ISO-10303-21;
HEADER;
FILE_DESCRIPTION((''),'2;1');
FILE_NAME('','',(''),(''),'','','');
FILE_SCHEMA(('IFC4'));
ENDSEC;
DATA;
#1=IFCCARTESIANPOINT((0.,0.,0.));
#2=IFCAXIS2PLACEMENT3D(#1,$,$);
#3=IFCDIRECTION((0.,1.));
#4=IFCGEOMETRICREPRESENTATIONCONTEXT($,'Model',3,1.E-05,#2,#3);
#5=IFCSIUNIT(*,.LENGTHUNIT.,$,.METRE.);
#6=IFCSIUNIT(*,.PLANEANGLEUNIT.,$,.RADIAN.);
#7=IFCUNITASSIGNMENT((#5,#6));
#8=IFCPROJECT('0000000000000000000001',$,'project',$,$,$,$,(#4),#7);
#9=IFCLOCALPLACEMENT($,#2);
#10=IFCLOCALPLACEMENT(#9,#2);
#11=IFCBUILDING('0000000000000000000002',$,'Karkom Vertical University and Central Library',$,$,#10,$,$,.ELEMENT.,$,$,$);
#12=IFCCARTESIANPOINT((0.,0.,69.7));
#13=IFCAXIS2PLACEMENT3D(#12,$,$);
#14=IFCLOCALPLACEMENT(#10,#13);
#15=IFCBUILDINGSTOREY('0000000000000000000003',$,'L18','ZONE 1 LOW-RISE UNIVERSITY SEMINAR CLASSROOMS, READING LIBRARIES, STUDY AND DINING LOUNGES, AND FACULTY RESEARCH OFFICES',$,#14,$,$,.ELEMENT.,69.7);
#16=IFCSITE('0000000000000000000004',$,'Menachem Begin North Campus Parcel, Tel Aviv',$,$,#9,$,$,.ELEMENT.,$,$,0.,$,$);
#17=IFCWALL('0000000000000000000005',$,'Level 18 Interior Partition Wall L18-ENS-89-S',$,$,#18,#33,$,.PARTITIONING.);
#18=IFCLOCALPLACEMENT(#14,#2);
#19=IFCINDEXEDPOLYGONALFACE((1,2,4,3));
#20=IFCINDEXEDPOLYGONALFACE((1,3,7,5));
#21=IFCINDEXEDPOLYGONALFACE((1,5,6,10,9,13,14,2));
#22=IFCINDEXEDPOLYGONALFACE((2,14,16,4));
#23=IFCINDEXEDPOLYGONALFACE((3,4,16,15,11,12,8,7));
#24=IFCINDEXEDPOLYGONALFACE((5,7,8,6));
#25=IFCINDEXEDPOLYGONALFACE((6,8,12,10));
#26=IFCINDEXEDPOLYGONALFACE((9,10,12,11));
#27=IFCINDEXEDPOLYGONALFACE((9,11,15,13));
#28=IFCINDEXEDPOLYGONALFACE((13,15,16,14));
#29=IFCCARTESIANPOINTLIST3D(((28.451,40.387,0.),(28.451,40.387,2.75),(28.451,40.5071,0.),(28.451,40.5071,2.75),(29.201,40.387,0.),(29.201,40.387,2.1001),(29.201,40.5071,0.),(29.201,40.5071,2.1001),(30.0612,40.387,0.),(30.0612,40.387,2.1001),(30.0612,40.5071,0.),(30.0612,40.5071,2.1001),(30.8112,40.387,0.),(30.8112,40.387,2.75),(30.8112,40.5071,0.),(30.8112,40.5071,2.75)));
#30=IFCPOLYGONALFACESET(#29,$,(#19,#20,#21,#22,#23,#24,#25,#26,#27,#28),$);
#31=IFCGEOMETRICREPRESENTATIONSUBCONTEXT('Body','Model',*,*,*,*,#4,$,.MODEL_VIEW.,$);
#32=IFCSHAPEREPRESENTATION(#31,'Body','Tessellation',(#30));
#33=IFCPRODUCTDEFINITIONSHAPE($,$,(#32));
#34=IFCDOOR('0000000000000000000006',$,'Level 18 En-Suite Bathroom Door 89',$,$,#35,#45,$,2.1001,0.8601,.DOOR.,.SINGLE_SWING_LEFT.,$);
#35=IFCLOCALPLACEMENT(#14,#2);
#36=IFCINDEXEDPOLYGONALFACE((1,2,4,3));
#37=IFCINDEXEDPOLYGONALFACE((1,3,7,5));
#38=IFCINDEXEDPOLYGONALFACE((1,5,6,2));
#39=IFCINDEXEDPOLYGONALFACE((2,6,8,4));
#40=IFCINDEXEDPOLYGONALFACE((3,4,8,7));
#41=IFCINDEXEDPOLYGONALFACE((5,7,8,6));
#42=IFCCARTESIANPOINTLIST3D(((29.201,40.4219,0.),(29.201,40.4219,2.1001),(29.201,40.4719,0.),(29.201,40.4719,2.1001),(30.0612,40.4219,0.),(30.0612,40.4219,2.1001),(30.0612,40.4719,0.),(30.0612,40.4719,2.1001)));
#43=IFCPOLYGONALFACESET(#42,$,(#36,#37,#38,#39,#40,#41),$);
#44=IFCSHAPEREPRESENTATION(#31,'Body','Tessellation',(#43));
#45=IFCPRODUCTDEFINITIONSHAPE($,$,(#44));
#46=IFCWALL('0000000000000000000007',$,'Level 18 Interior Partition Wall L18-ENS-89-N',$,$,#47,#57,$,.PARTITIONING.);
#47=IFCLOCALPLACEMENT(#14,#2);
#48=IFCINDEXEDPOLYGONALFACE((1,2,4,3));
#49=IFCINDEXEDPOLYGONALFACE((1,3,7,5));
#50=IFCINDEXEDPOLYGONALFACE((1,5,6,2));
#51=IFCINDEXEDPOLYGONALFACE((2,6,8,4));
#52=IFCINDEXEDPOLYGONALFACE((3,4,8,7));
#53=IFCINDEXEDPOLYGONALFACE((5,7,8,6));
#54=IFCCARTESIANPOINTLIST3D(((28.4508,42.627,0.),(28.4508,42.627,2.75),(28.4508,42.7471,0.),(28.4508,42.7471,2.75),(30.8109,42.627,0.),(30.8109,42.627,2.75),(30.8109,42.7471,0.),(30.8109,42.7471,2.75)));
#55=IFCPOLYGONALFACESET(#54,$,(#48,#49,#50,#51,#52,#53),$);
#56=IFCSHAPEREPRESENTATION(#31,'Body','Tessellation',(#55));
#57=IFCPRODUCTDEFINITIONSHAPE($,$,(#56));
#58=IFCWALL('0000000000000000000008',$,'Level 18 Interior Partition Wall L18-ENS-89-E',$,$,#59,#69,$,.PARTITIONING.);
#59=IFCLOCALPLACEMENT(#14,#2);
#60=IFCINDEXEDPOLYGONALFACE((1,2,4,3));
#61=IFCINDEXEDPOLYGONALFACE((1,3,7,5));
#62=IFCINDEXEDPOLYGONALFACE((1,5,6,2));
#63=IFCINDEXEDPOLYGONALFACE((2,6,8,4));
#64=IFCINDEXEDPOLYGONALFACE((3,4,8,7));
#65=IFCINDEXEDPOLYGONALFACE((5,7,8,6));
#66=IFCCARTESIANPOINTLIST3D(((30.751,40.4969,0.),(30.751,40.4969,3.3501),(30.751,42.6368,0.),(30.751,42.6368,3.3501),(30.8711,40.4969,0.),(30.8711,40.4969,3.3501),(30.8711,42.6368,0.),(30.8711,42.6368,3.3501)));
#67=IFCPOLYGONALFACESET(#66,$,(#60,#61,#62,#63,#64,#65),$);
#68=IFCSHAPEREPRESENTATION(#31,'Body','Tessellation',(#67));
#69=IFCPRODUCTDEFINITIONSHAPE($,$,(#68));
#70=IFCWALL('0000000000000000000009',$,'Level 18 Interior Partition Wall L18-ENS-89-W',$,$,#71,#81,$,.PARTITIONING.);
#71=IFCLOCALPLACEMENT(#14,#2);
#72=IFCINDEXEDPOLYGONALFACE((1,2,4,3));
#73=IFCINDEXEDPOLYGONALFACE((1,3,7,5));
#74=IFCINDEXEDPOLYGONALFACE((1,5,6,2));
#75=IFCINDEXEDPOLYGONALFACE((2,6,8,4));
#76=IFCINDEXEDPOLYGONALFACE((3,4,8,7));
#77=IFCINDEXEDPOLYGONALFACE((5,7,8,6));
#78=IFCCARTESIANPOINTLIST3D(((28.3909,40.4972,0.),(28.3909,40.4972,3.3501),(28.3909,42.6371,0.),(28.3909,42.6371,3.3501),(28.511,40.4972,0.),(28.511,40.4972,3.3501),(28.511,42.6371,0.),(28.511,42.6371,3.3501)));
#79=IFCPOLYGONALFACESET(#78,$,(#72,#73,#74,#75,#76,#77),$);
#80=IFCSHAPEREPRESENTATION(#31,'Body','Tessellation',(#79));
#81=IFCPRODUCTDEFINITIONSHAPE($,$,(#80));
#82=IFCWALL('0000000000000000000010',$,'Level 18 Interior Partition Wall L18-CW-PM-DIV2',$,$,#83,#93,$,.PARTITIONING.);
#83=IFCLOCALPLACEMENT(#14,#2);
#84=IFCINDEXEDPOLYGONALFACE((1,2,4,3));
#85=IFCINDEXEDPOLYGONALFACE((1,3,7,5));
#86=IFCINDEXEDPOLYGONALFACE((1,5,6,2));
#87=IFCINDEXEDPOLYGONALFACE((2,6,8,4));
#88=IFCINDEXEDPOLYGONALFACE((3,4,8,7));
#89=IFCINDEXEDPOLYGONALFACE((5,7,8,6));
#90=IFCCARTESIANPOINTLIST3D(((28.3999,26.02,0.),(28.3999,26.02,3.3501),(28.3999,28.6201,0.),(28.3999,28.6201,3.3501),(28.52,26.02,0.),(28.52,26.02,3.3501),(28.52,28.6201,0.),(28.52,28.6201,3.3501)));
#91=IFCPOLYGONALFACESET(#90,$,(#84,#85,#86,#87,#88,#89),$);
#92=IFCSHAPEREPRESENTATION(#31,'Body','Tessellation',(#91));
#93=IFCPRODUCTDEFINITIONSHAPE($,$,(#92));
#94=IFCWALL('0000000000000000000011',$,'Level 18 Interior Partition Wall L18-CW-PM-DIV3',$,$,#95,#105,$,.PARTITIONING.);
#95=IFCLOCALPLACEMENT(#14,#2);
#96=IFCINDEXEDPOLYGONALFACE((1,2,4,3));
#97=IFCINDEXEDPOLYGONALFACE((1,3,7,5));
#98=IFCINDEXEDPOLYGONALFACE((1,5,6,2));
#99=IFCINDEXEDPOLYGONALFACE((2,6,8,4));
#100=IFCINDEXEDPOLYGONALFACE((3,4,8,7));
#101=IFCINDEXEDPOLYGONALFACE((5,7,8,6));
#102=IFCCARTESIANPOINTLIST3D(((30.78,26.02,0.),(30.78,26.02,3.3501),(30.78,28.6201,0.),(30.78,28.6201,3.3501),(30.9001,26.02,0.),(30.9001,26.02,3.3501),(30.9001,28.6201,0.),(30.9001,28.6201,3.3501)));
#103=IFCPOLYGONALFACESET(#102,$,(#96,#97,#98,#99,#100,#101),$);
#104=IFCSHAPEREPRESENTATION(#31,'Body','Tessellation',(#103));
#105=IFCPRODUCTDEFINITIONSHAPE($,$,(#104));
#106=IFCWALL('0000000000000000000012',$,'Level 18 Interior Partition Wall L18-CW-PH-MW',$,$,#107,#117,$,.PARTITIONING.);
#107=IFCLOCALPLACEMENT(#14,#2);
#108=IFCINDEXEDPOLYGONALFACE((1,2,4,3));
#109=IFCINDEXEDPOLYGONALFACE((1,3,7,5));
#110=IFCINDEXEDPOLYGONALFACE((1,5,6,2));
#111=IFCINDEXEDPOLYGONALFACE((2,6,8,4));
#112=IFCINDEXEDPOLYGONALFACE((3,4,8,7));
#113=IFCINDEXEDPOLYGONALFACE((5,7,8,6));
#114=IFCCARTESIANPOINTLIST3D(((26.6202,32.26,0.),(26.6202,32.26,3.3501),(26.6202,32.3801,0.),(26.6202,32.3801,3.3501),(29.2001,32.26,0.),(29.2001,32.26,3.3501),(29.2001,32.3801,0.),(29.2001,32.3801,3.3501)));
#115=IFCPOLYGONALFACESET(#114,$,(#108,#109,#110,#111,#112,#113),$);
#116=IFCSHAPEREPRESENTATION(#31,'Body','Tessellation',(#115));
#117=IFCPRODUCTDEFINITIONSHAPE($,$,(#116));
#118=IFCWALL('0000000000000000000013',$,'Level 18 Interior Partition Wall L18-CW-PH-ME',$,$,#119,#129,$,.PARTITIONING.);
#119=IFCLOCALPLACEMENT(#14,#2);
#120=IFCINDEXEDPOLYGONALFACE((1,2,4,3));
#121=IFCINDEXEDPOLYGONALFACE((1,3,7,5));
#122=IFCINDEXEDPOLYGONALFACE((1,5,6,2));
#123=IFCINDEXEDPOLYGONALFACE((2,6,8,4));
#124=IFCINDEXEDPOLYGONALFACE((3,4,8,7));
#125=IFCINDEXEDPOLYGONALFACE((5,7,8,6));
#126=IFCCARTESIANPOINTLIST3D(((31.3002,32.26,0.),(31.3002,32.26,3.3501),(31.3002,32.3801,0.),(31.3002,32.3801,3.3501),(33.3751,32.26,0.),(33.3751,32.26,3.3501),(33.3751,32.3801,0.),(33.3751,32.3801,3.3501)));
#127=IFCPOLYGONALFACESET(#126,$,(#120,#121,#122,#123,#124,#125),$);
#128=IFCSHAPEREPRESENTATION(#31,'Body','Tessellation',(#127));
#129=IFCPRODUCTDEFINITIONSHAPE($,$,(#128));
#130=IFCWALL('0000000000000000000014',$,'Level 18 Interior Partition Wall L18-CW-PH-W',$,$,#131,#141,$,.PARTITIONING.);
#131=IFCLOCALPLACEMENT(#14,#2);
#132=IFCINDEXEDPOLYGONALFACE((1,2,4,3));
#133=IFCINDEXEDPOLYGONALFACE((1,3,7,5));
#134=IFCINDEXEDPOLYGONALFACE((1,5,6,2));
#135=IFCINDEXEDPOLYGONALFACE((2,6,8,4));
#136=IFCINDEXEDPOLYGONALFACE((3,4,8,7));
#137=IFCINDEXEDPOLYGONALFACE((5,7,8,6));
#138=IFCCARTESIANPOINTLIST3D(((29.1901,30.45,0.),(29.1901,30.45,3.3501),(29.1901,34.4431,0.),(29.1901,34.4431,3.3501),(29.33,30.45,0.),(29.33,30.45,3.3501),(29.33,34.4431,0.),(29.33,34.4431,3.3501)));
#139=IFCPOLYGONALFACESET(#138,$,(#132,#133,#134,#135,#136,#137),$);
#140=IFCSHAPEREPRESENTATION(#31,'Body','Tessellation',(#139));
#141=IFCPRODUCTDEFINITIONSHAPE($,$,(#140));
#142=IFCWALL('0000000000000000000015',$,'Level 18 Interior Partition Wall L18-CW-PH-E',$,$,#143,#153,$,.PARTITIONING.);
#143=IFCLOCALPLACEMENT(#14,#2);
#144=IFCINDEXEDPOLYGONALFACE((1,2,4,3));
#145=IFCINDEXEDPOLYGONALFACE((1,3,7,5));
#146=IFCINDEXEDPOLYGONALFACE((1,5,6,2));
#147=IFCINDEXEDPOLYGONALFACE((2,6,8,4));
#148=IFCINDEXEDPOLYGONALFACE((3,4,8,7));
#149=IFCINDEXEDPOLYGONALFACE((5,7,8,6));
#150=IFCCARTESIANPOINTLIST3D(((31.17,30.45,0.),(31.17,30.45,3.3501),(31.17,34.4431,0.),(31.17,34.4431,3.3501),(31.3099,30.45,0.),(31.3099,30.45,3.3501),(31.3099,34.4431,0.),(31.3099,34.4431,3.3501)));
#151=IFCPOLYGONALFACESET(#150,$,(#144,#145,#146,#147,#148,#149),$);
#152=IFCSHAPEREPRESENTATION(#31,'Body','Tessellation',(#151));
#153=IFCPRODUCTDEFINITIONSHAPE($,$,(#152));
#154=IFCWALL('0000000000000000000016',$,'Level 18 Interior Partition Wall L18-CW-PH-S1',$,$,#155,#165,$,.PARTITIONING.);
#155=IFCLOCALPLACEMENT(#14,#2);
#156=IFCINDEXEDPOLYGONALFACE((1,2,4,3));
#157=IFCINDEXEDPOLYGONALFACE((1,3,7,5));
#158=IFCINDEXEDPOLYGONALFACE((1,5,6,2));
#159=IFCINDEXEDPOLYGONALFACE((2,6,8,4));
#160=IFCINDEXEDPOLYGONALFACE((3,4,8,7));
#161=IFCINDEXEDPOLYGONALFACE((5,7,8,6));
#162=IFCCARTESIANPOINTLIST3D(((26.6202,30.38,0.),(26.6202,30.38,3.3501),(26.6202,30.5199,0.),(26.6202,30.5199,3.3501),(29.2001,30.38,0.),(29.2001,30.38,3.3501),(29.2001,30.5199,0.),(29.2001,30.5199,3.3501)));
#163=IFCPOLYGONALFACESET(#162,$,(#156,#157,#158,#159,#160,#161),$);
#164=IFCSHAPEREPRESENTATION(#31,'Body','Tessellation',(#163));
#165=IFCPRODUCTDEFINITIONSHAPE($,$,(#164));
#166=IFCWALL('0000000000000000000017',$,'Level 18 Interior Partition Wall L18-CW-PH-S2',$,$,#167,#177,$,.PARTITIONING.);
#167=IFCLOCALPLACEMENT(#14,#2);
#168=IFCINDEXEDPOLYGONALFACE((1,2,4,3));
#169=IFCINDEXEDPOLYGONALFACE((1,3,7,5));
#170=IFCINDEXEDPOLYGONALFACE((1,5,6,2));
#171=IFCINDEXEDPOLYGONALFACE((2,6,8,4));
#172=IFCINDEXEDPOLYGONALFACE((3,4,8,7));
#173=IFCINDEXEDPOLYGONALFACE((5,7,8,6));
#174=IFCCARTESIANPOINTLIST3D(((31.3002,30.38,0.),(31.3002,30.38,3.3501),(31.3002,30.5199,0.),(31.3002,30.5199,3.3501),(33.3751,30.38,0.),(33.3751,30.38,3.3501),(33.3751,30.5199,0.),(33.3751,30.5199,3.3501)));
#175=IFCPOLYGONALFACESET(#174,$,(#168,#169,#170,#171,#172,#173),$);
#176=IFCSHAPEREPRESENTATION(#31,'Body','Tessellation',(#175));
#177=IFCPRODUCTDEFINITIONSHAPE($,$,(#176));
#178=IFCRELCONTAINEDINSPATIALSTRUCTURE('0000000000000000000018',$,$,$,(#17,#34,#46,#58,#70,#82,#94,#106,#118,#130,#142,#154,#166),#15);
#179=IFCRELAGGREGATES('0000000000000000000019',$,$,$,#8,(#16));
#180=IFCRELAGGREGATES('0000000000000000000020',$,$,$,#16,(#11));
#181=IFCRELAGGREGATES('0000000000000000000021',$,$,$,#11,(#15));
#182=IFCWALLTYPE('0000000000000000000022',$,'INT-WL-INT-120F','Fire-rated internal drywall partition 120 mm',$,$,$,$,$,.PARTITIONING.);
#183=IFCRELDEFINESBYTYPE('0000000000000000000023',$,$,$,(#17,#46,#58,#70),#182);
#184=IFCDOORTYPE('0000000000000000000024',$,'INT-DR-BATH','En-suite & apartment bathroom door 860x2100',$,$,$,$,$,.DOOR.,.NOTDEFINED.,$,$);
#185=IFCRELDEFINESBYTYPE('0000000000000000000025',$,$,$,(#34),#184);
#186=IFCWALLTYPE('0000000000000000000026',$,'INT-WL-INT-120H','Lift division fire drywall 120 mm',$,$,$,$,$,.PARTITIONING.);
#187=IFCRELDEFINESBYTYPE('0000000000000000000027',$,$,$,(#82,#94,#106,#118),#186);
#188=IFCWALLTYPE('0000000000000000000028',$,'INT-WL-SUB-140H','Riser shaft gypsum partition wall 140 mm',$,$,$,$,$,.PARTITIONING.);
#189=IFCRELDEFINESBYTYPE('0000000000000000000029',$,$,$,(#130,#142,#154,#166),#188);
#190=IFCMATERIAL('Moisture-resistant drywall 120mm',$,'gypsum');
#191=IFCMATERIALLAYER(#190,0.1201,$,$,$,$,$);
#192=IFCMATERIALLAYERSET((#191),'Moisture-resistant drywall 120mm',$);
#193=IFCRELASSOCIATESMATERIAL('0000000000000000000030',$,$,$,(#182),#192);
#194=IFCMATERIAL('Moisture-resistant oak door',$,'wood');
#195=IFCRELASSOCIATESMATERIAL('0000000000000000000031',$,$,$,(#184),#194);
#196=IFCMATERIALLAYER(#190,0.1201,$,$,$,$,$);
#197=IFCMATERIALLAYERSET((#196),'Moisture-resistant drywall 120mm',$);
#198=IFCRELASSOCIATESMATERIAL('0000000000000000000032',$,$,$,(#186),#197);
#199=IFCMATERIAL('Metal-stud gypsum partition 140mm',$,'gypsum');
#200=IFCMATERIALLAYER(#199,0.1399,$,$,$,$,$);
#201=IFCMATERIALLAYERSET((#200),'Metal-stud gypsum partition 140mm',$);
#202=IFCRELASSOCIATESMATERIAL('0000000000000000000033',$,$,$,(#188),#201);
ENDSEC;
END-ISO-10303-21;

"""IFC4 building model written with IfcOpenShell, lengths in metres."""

from ifc_helpers import new_model, si_unit, direction, frame, frame_2d, origin, origin_with_axes, place, context, subcontext, project, spatial, rectangle, extrude, source, transform, mapped, material, layer, layer_set, type_object, element, fill, save


model = new_model("IFC4")

# Units and contexts
model_context = context("Model", 3, precision=1e-05, world=origin(), true_north=direction((0.0, 1.0)))
body_context = subcontext(model_context, "Body", "Model", "MODEL_VIEW")
ifc_project = project(units=[si_unit("LENGTHUNIT", "METRE"), si_unit("PLANEANGLEUNIT", "RADIAN")], contexts=[model_context])

# Site, building, storey
site_placement = place(None, origin())
site = spatial("IfcSite", under=ifc_project, at=site_placement, Name="Menachem Begin North Campus Parcel, Tel Aviv", CompositionType="ELEMENT", RefElevation=0.0)
building_placement = place(site_placement, origin())
building = spatial("IfcBuilding", under=site, at=building_placement, Name="Karkom Vertical University and Central Library", CompositionType="ELEMENT")
storey_placement = place(building_placement, frame((0.0, 0.0, 69.7)))
storey = spatial("IfcBuildingStorey", under=building, at=storey_placement, Name="L18", Description="ZONE 1 LOW-RISE UNIVERSITY SEMINAR CLASSROOMS, READING LIBRARIES, STUDY AND DINING LOUNGES, AND FACULTY RESEARCH OFFICES", CompositionType="ELEMENT", Elevation=69.7)

# Wall, opening, door
ifc_material_1 = material(Name="Moisture-resistant drywall 120mm", Category="gypsum")
ifc_layer_1 = layer(ifc_material_1, 0.1201)
ifc_layer_set_1 = layer_set([ifc_layer_1], Name="Moisture-resistant drywall 120mm")
wall_type_1 = type_object("IfcWallType", Name="INT-WL-INT-120F", Description="Fire-rated internal drywall partition 120 mm", PredefinedType="PARTITIONING", material=ifc_layer_set_1)
wall_1_placement = place(storey_placement, frame((28.4509, 40.447, 0.0), z_axis=(0.0, 0.0, 1.0), x_axis=(1.0, 0.0, 0.0)))
wall_1 = element("IfcWall", 1, at=wall_1_placement, inside=storey, type_object=wall_type_1, Name="Level 18 Interior Partition Wall L18-ENS-89-S", PredefinedType="PARTITIONING", context=body_context, shape_type="SweptSolid", body=[
    extrude(rectangle(XDim=2.3601, YDim=0.1201, at=frame_2d((1.1802, 0.0))), origin(), (0.0, 0.0, 1.0), 2.75),
])
opening_1_placement = place(wall_1_placement, frame((0.75, 0.0, 0.0)))
opening_1 = element("IfcOpeningElement", 2, at=opening_1_placement, cuts=wall_1, PredefinedType="OPENING", context=body_context, shape_type="SweptSolid", body=[
    extrude(rectangle(XDim=0.8601, YDim=2.1001, at=frame_2d((0.4302, 1.05))), frame((0.0, 0.0701, 0.0), z_axis=(0.0, -1.0, 0.0), x_axis=(1.0, 0.0, 0.0)), (0.0, 0.0, 1.0), 0.1401),
])
ifc_material_2 = material(Name="Moisture-resistant oak door", Category="wood")
door_type_1 = type_object("IfcDoorType", Name="INT-DR-BATH", Description="En-suite & apartment bathroom door 860x2100", OperationType="NOTDEFINED", PredefinedType="DOOR", material=ifc_material_2)
shared_shape_1 = source(origin_with_axes(), body_context, "Body", "SweptSolid", [
    extrude(rectangle(XDim=0.8601, YDim=2.1001, at=frame_2d((0.4302, 1.05))), frame((0.0, 0.0249, 0.0), z_axis=(0.0, -1.0, 0.0), x_axis=(1.0, 0.0, 0.0)), (0.0, 0.0, 1.0), 0.05),
])
door_1_placement = place(opening_1_placement, origin())
door_1 = element("IfcDoor", 3, at=door_1_placement, inside=storey, type_object=door_type_1, Name="Level 18 En-Suite Bathroom Door 89", OperationType="SINGLE_SWING_LEFT", OverallHeight=2.1001, OverallWidth=0.8601, PredefinedType="DOOR", context=body_context, shape_type="MappedRepresentation", body=[
    mapped(shared_shape_1, transform((0.0, 0.0, 0.0), scale=1.0)),
])
fill(opening_1, door_1)

# Walls
wall_2_placement = place(storey_placement, frame((30.811, 42.687, 0.0), z_axis=(0.0, 0.0, 1.0), x_axis=(-1.0, 0.0, 0.0)))
element("IfcWall", 4, at=wall_2_placement, inside=storey, type_object=wall_type_1, Name="Level 18 Interior Partition Wall L18-ENS-89-N", PredefinedType="PARTITIONING", context=body_context, shape_type="SweptSolid", body=[
    extrude(rectangle(XDim=2.3601, YDim=0.1201, at=frame_2d((1.1802, 0.0))), origin(), (0.0, 0.0, 1.0), 2.75),
])
for number, where, z_axis, x_axis, name in (
    (5, (30.811, 40.4971, 0.0), (0.0, 0.0, 1.0), (0.0, 1.0, 0.0), "Level 18 Interior Partition Wall L18-ENS-89-E"),
    (6, (28.4509, 42.637, 0.0), (0.0, 0.0, 1.0), (0.0, -1.0, 0.0), "Level 18 Interior Partition Wall L18-ENS-89-W"),
):
    element("IfcWall", number, at=place(storey_placement, frame(where, z_axis=z_axis, x_axis=x_axis)), inside=storey, type_object=wall_type_1, Name=name, PredefinedType="PARTITIONING", context=body_context, shape_type="SweptSolid", body=[
        extrude(rectangle(XDim=2.1399, YDim=0.1201, at=frame_2d((1.0698, 0.0))), origin(), (0.0, 0.0, 1.0), 3.3501),
    ])
ifc_layer_2 = layer(ifc_material_1, 0.1201)
ifc_layer_set_2 = layer_set([ifc_layer_2], Name="Moisture-resistant drywall 120mm")
wall_type_2 = type_object("IfcWallType", Name="INT-WL-INT-120H", Description="Lift division fire drywall 120 mm", PredefinedType="PARTITIONING", material=ifc_layer_set_2)
for number, where, z_axis, x_axis, name in (
    (7, (28.46, 26.02, 0.0), (0.0, 0.0, 1.0), (0.0, 1.0, 0.0), "Level 18 Interior Partition Wall L18-CW-PM-DIV2"),
    (8, (30.8401, 26.02, 0.0), (0.0, 0.0, 1.0), (0.0, 1.0, 0.0), "Level 18 Interior Partition Wall L18-CW-PM-DIV3"),
):
    element("IfcWall", number, at=place(storey_placement, frame(where, z_axis=z_axis, x_axis=x_axis)), inside=storey, type_object=wall_type_2, Name=name, PredefinedType="PARTITIONING", context=body_context, shape_type="SweptSolid", body=[
        extrude(rectangle(XDim=2.6001, YDim=0.1201, at=frame_2d((1.3, 0.0))), origin(), (0.0, 0.0, 1.0), 3.3501),
    ])
wall_3_placement = place(storey_placement, frame((26.6201, 32.3201, 0.0), z_axis=(0.0, 0.0, 1.0), x_axis=(1.0, 0.0, 0.0)))
element("IfcWall", 9, at=wall_3_placement, inside=storey, type_object=wall_type_2, Name="Level 18 Interior Partition Wall L18-CW-PH-MW", PredefinedType="PARTITIONING", context=body_context, shape_type="SweptSolid", body=[
    extrude(rectangle(XDim=2.5798, YDim=0.1201, at=frame_2d((1.29, 0.0))), origin(), (0.0, 0.0, 1.0), 3.3501),
])
wall_4_placement = place(storey_placement, frame((31.3, 32.3201, 0.0), z_axis=(0.0, 0.0, 1.0), x_axis=(1.0, 0.0, 0.0)))
element("IfcWall", 10, at=wall_4_placement, inside=storey, type_object=wall_type_2, Name="Level 18 Interior Partition Wall L18-CW-PH-ME", PredefinedType="PARTITIONING", context=body_context, shape_type="SweptSolid", body=[
    extrude(rectangle(XDim=2.075, YDim=0.1201, at=frame_2d((1.0376, 0.0))), origin(), (0.0, 0.0, 1.0), 3.3501),
])
ifc_material_3 = material(Name="Metal-stud gypsum partition 140mm", Category="gypsum")
ifc_layer_3 = layer(ifc_material_3, 0.1399)
ifc_layer_set_3 = layer_set([ifc_layer_3], Name="Metal-stud gypsum partition 140mm")
wall_type_3 = type_object("IfcWallType", Name="INT-WL-SUB-140H", Description="Riser shaft gypsum partition wall 140 mm", PredefinedType="PARTITIONING", material=ifc_layer_set_3)
for number, where, z_axis, x_axis, name in (
    (11, (29.26, 30.45, 0.0), (0.0, 0.0, 1.0), (0.0, 1.0, 0.0), "Level 18 Interior Partition Wall L18-CW-PH-W"),
    (12, (31.24, 30.45, 0.0), (0.0, 0.0, 1.0), (0.0, 1.0, 0.0), "Level 18 Interior Partition Wall L18-CW-PH-E"),
):
    element("IfcWall", number, at=place(storey_placement, frame(where, z_axis=z_axis, x_axis=x_axis)), inside=storey, type_object=wall_type_3, Name=name, PredefinedType="PARTITIONING", context=body_context, shape_type="SweptSolid", body=[
        extrude(rectangle(XDim=3.9932, YDim=0.1399, at=frame_2d((1.9966, 0.0))), origin(), (0.0, 0.0, 1.0), 3.3501),
    ])
wall_5_placement = place(storey_placement, frame((26.6201, 30.45, 0.0), z_axis=(0.0, 0.0, 1.0), x_axis=(1.0, 0.0, 0.0)))
element("IfcWall", 13, at=wall_5_placement, inside=storey, type_object=wall_type_3, Name="Level 18 Interior Partition Wall L18-CW-PH-S1", PredefinedType="PARTITIONING", context=body_context, shape_type="SweptSolid", body=[
    extrude(rectangle(XDim=2.5798, YDim=0.1399, at=frame_2d((1.29, 0.0))), origin(), (0.0, 0.0, 1.0), 3.3501),
])
wall_6_placement = place(storey_placement, frame((31.3, 30.45, 0.0), z_axis=(0.0, 0.0, 1.0), x_axis=(1.0, 0.0, 0.0)))
element("IfcWall", 14, at=wall_6_placement, inside=storey, type_object=wall_type_3, Name="Level 18 Interior Partition Wall L18-CW-PH-S2", PredefinedType="PARTITIONING", context=body_context, shape_type="SweptSolid", body=[
    extrude(rectangle(XDim=2.075, YDim=0.1399, at=frame_2d((1.0376, 0.0))), origin(), (0.0, 0.0, 1.0), 3.3501),
])

save(model, "model.ifc")
